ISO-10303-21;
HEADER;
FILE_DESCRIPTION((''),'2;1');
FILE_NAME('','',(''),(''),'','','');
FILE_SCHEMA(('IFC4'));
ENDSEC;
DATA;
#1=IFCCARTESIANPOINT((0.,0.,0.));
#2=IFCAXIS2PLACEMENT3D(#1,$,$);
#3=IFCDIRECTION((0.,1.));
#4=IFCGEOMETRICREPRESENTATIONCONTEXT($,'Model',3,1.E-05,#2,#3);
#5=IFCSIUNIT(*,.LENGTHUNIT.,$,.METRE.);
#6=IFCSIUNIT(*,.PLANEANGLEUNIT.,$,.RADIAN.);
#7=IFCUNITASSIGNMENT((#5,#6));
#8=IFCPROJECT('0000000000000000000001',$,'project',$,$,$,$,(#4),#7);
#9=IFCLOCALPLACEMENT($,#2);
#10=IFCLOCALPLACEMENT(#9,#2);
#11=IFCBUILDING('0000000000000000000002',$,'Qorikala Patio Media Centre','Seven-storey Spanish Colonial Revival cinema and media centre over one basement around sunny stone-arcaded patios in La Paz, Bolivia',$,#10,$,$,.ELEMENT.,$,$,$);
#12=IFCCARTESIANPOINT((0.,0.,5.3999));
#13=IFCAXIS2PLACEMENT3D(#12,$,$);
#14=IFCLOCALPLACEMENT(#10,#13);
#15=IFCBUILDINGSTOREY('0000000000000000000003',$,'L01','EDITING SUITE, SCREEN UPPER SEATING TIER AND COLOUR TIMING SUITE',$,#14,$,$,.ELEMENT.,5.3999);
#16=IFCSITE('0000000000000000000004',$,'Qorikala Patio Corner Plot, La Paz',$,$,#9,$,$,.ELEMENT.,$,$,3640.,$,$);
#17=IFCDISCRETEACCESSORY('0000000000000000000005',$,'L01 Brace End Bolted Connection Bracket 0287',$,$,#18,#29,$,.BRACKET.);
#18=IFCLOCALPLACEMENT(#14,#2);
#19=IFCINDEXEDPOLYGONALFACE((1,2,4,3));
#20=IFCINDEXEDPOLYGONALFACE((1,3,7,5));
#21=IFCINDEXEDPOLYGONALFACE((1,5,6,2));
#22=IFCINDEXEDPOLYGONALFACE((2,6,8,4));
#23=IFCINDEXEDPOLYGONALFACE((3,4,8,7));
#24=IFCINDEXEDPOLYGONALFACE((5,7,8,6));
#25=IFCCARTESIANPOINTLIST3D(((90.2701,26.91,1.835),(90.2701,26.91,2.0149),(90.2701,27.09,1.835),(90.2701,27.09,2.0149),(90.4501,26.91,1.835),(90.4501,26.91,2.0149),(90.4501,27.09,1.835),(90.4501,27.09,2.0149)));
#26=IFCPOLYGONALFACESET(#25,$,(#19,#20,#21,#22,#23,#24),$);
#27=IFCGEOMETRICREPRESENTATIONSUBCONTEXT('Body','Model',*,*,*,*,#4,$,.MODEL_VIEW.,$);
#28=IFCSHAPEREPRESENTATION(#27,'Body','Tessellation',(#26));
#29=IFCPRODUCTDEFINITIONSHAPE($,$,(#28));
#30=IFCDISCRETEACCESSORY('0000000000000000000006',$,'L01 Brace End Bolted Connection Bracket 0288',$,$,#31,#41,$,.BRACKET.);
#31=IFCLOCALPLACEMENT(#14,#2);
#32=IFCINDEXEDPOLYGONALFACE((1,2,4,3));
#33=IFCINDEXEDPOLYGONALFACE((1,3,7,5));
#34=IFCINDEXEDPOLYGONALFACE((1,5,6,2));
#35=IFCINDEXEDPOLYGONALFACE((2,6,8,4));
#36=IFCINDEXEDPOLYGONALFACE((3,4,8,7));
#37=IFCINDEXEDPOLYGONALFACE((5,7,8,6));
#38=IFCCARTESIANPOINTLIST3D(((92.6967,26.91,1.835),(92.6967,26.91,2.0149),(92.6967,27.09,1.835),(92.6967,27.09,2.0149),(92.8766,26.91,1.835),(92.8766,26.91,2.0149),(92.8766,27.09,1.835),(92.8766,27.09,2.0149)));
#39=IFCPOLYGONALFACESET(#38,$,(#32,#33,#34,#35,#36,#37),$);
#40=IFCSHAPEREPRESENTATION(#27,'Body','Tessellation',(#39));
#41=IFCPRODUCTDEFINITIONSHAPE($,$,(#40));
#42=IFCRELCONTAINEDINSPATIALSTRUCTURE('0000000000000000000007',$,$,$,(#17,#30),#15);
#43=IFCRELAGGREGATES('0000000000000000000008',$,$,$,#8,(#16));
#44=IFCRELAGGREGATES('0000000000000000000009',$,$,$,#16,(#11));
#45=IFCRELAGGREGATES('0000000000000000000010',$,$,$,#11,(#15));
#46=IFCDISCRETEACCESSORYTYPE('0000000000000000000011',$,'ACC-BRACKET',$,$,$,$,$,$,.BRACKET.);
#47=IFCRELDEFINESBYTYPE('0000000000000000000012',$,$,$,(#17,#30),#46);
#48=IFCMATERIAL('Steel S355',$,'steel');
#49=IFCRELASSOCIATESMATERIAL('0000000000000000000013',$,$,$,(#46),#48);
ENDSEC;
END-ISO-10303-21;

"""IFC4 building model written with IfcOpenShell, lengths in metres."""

from ifc_helpers import new_model, si_unit, direction, frame, origin, origin_2d, place, context, subcontext, project, spatial, rectangle, extrude, material, type_object, element, save


model = new_model("IFC4")

# Units and contexts
model_context = context("Model", 3, precision=1e-05, world=origin(), true_north=direction((0.0, 1.0)))
body_context = subcontext(model_context, "Body", "Model", "MODEL_VIEW")
ifc_project = project(units=[si_unit("LENGTHUNIT", "METRE"), si_unit("PLANEANGLEUNIT", "RADIAN")], contexts=[model_context])

# Site, building, storey
site_placement = place(None, origin())
site = spatial("IfcSite", under=ifc_project, at=site_placement, Name="Qorikala Patio Corner Plot, La Paz", CompositionType="ELEMENT", RefElevation=3640.0)
building_placement = place(site_placement, origin())
building = spatial("IfcBuilding", under=site, at=building_placement, Name="Qorikala Patio Media Centre", Description="Seven-storey Spanish Colonial Revival cinema and media centre over one basement around sunny stone-arcaded patios in La Paz, Bolivia", CompositionType="ELEMENT")
storey_placement = place(building_placement, frame((0.0, 0.0, 5.3999)))
storey = spatial("IfcBuildingStorey", under=building, at=storey_placement, Name="L01", Description="EDITING SUITE, SCREEN UPPER SEATING TIER AND COLOUR TIMING SUITE", CompositionType="ELEMENT", Elevation=5.3999)

# Discrete accessories
ifc_material_1 = material(Name="Steel S355", Category="steel")
discrete_accessory_type = type_object("IfcDiscreteAccessoryType", Name="ACC-BRACKET", PredefinedType="BRACKET", material=ifc_material_1)
for number, where, z_axis, x_axis, name in (
    (1, (90.3601, 27.0, 1.835), (0.0, 0.0, 1.0), (1.0, 0.0, 0.0), "L01 Brace End Bolted Connection Bracket 0287"),
    (2, (92.7866, 27.0, 1.835), (0.0, 0.0, 1.0), (1.0, 0.0, 0.0), "L01 Brace End Bolted Connection Bracket 0288"),
):
    element("IfcDiscreteAccessory", number, at=place(storey_placement, frame(where, z_axis=z_axis, x_axis=x_axis)), inside=storey, type_object=discrete_accessory_type, Name=name, PredefinedType="BRACKET", context=body_context, shape_type="SweptSolid", body=[
        extrude(rectangle(XDim=0.1799, YDim=0.1799, at=origin_2d()), origin(), (0.0, 0.0, 1.0), 0.1799),
    ])

save(model, "model.ifc")
